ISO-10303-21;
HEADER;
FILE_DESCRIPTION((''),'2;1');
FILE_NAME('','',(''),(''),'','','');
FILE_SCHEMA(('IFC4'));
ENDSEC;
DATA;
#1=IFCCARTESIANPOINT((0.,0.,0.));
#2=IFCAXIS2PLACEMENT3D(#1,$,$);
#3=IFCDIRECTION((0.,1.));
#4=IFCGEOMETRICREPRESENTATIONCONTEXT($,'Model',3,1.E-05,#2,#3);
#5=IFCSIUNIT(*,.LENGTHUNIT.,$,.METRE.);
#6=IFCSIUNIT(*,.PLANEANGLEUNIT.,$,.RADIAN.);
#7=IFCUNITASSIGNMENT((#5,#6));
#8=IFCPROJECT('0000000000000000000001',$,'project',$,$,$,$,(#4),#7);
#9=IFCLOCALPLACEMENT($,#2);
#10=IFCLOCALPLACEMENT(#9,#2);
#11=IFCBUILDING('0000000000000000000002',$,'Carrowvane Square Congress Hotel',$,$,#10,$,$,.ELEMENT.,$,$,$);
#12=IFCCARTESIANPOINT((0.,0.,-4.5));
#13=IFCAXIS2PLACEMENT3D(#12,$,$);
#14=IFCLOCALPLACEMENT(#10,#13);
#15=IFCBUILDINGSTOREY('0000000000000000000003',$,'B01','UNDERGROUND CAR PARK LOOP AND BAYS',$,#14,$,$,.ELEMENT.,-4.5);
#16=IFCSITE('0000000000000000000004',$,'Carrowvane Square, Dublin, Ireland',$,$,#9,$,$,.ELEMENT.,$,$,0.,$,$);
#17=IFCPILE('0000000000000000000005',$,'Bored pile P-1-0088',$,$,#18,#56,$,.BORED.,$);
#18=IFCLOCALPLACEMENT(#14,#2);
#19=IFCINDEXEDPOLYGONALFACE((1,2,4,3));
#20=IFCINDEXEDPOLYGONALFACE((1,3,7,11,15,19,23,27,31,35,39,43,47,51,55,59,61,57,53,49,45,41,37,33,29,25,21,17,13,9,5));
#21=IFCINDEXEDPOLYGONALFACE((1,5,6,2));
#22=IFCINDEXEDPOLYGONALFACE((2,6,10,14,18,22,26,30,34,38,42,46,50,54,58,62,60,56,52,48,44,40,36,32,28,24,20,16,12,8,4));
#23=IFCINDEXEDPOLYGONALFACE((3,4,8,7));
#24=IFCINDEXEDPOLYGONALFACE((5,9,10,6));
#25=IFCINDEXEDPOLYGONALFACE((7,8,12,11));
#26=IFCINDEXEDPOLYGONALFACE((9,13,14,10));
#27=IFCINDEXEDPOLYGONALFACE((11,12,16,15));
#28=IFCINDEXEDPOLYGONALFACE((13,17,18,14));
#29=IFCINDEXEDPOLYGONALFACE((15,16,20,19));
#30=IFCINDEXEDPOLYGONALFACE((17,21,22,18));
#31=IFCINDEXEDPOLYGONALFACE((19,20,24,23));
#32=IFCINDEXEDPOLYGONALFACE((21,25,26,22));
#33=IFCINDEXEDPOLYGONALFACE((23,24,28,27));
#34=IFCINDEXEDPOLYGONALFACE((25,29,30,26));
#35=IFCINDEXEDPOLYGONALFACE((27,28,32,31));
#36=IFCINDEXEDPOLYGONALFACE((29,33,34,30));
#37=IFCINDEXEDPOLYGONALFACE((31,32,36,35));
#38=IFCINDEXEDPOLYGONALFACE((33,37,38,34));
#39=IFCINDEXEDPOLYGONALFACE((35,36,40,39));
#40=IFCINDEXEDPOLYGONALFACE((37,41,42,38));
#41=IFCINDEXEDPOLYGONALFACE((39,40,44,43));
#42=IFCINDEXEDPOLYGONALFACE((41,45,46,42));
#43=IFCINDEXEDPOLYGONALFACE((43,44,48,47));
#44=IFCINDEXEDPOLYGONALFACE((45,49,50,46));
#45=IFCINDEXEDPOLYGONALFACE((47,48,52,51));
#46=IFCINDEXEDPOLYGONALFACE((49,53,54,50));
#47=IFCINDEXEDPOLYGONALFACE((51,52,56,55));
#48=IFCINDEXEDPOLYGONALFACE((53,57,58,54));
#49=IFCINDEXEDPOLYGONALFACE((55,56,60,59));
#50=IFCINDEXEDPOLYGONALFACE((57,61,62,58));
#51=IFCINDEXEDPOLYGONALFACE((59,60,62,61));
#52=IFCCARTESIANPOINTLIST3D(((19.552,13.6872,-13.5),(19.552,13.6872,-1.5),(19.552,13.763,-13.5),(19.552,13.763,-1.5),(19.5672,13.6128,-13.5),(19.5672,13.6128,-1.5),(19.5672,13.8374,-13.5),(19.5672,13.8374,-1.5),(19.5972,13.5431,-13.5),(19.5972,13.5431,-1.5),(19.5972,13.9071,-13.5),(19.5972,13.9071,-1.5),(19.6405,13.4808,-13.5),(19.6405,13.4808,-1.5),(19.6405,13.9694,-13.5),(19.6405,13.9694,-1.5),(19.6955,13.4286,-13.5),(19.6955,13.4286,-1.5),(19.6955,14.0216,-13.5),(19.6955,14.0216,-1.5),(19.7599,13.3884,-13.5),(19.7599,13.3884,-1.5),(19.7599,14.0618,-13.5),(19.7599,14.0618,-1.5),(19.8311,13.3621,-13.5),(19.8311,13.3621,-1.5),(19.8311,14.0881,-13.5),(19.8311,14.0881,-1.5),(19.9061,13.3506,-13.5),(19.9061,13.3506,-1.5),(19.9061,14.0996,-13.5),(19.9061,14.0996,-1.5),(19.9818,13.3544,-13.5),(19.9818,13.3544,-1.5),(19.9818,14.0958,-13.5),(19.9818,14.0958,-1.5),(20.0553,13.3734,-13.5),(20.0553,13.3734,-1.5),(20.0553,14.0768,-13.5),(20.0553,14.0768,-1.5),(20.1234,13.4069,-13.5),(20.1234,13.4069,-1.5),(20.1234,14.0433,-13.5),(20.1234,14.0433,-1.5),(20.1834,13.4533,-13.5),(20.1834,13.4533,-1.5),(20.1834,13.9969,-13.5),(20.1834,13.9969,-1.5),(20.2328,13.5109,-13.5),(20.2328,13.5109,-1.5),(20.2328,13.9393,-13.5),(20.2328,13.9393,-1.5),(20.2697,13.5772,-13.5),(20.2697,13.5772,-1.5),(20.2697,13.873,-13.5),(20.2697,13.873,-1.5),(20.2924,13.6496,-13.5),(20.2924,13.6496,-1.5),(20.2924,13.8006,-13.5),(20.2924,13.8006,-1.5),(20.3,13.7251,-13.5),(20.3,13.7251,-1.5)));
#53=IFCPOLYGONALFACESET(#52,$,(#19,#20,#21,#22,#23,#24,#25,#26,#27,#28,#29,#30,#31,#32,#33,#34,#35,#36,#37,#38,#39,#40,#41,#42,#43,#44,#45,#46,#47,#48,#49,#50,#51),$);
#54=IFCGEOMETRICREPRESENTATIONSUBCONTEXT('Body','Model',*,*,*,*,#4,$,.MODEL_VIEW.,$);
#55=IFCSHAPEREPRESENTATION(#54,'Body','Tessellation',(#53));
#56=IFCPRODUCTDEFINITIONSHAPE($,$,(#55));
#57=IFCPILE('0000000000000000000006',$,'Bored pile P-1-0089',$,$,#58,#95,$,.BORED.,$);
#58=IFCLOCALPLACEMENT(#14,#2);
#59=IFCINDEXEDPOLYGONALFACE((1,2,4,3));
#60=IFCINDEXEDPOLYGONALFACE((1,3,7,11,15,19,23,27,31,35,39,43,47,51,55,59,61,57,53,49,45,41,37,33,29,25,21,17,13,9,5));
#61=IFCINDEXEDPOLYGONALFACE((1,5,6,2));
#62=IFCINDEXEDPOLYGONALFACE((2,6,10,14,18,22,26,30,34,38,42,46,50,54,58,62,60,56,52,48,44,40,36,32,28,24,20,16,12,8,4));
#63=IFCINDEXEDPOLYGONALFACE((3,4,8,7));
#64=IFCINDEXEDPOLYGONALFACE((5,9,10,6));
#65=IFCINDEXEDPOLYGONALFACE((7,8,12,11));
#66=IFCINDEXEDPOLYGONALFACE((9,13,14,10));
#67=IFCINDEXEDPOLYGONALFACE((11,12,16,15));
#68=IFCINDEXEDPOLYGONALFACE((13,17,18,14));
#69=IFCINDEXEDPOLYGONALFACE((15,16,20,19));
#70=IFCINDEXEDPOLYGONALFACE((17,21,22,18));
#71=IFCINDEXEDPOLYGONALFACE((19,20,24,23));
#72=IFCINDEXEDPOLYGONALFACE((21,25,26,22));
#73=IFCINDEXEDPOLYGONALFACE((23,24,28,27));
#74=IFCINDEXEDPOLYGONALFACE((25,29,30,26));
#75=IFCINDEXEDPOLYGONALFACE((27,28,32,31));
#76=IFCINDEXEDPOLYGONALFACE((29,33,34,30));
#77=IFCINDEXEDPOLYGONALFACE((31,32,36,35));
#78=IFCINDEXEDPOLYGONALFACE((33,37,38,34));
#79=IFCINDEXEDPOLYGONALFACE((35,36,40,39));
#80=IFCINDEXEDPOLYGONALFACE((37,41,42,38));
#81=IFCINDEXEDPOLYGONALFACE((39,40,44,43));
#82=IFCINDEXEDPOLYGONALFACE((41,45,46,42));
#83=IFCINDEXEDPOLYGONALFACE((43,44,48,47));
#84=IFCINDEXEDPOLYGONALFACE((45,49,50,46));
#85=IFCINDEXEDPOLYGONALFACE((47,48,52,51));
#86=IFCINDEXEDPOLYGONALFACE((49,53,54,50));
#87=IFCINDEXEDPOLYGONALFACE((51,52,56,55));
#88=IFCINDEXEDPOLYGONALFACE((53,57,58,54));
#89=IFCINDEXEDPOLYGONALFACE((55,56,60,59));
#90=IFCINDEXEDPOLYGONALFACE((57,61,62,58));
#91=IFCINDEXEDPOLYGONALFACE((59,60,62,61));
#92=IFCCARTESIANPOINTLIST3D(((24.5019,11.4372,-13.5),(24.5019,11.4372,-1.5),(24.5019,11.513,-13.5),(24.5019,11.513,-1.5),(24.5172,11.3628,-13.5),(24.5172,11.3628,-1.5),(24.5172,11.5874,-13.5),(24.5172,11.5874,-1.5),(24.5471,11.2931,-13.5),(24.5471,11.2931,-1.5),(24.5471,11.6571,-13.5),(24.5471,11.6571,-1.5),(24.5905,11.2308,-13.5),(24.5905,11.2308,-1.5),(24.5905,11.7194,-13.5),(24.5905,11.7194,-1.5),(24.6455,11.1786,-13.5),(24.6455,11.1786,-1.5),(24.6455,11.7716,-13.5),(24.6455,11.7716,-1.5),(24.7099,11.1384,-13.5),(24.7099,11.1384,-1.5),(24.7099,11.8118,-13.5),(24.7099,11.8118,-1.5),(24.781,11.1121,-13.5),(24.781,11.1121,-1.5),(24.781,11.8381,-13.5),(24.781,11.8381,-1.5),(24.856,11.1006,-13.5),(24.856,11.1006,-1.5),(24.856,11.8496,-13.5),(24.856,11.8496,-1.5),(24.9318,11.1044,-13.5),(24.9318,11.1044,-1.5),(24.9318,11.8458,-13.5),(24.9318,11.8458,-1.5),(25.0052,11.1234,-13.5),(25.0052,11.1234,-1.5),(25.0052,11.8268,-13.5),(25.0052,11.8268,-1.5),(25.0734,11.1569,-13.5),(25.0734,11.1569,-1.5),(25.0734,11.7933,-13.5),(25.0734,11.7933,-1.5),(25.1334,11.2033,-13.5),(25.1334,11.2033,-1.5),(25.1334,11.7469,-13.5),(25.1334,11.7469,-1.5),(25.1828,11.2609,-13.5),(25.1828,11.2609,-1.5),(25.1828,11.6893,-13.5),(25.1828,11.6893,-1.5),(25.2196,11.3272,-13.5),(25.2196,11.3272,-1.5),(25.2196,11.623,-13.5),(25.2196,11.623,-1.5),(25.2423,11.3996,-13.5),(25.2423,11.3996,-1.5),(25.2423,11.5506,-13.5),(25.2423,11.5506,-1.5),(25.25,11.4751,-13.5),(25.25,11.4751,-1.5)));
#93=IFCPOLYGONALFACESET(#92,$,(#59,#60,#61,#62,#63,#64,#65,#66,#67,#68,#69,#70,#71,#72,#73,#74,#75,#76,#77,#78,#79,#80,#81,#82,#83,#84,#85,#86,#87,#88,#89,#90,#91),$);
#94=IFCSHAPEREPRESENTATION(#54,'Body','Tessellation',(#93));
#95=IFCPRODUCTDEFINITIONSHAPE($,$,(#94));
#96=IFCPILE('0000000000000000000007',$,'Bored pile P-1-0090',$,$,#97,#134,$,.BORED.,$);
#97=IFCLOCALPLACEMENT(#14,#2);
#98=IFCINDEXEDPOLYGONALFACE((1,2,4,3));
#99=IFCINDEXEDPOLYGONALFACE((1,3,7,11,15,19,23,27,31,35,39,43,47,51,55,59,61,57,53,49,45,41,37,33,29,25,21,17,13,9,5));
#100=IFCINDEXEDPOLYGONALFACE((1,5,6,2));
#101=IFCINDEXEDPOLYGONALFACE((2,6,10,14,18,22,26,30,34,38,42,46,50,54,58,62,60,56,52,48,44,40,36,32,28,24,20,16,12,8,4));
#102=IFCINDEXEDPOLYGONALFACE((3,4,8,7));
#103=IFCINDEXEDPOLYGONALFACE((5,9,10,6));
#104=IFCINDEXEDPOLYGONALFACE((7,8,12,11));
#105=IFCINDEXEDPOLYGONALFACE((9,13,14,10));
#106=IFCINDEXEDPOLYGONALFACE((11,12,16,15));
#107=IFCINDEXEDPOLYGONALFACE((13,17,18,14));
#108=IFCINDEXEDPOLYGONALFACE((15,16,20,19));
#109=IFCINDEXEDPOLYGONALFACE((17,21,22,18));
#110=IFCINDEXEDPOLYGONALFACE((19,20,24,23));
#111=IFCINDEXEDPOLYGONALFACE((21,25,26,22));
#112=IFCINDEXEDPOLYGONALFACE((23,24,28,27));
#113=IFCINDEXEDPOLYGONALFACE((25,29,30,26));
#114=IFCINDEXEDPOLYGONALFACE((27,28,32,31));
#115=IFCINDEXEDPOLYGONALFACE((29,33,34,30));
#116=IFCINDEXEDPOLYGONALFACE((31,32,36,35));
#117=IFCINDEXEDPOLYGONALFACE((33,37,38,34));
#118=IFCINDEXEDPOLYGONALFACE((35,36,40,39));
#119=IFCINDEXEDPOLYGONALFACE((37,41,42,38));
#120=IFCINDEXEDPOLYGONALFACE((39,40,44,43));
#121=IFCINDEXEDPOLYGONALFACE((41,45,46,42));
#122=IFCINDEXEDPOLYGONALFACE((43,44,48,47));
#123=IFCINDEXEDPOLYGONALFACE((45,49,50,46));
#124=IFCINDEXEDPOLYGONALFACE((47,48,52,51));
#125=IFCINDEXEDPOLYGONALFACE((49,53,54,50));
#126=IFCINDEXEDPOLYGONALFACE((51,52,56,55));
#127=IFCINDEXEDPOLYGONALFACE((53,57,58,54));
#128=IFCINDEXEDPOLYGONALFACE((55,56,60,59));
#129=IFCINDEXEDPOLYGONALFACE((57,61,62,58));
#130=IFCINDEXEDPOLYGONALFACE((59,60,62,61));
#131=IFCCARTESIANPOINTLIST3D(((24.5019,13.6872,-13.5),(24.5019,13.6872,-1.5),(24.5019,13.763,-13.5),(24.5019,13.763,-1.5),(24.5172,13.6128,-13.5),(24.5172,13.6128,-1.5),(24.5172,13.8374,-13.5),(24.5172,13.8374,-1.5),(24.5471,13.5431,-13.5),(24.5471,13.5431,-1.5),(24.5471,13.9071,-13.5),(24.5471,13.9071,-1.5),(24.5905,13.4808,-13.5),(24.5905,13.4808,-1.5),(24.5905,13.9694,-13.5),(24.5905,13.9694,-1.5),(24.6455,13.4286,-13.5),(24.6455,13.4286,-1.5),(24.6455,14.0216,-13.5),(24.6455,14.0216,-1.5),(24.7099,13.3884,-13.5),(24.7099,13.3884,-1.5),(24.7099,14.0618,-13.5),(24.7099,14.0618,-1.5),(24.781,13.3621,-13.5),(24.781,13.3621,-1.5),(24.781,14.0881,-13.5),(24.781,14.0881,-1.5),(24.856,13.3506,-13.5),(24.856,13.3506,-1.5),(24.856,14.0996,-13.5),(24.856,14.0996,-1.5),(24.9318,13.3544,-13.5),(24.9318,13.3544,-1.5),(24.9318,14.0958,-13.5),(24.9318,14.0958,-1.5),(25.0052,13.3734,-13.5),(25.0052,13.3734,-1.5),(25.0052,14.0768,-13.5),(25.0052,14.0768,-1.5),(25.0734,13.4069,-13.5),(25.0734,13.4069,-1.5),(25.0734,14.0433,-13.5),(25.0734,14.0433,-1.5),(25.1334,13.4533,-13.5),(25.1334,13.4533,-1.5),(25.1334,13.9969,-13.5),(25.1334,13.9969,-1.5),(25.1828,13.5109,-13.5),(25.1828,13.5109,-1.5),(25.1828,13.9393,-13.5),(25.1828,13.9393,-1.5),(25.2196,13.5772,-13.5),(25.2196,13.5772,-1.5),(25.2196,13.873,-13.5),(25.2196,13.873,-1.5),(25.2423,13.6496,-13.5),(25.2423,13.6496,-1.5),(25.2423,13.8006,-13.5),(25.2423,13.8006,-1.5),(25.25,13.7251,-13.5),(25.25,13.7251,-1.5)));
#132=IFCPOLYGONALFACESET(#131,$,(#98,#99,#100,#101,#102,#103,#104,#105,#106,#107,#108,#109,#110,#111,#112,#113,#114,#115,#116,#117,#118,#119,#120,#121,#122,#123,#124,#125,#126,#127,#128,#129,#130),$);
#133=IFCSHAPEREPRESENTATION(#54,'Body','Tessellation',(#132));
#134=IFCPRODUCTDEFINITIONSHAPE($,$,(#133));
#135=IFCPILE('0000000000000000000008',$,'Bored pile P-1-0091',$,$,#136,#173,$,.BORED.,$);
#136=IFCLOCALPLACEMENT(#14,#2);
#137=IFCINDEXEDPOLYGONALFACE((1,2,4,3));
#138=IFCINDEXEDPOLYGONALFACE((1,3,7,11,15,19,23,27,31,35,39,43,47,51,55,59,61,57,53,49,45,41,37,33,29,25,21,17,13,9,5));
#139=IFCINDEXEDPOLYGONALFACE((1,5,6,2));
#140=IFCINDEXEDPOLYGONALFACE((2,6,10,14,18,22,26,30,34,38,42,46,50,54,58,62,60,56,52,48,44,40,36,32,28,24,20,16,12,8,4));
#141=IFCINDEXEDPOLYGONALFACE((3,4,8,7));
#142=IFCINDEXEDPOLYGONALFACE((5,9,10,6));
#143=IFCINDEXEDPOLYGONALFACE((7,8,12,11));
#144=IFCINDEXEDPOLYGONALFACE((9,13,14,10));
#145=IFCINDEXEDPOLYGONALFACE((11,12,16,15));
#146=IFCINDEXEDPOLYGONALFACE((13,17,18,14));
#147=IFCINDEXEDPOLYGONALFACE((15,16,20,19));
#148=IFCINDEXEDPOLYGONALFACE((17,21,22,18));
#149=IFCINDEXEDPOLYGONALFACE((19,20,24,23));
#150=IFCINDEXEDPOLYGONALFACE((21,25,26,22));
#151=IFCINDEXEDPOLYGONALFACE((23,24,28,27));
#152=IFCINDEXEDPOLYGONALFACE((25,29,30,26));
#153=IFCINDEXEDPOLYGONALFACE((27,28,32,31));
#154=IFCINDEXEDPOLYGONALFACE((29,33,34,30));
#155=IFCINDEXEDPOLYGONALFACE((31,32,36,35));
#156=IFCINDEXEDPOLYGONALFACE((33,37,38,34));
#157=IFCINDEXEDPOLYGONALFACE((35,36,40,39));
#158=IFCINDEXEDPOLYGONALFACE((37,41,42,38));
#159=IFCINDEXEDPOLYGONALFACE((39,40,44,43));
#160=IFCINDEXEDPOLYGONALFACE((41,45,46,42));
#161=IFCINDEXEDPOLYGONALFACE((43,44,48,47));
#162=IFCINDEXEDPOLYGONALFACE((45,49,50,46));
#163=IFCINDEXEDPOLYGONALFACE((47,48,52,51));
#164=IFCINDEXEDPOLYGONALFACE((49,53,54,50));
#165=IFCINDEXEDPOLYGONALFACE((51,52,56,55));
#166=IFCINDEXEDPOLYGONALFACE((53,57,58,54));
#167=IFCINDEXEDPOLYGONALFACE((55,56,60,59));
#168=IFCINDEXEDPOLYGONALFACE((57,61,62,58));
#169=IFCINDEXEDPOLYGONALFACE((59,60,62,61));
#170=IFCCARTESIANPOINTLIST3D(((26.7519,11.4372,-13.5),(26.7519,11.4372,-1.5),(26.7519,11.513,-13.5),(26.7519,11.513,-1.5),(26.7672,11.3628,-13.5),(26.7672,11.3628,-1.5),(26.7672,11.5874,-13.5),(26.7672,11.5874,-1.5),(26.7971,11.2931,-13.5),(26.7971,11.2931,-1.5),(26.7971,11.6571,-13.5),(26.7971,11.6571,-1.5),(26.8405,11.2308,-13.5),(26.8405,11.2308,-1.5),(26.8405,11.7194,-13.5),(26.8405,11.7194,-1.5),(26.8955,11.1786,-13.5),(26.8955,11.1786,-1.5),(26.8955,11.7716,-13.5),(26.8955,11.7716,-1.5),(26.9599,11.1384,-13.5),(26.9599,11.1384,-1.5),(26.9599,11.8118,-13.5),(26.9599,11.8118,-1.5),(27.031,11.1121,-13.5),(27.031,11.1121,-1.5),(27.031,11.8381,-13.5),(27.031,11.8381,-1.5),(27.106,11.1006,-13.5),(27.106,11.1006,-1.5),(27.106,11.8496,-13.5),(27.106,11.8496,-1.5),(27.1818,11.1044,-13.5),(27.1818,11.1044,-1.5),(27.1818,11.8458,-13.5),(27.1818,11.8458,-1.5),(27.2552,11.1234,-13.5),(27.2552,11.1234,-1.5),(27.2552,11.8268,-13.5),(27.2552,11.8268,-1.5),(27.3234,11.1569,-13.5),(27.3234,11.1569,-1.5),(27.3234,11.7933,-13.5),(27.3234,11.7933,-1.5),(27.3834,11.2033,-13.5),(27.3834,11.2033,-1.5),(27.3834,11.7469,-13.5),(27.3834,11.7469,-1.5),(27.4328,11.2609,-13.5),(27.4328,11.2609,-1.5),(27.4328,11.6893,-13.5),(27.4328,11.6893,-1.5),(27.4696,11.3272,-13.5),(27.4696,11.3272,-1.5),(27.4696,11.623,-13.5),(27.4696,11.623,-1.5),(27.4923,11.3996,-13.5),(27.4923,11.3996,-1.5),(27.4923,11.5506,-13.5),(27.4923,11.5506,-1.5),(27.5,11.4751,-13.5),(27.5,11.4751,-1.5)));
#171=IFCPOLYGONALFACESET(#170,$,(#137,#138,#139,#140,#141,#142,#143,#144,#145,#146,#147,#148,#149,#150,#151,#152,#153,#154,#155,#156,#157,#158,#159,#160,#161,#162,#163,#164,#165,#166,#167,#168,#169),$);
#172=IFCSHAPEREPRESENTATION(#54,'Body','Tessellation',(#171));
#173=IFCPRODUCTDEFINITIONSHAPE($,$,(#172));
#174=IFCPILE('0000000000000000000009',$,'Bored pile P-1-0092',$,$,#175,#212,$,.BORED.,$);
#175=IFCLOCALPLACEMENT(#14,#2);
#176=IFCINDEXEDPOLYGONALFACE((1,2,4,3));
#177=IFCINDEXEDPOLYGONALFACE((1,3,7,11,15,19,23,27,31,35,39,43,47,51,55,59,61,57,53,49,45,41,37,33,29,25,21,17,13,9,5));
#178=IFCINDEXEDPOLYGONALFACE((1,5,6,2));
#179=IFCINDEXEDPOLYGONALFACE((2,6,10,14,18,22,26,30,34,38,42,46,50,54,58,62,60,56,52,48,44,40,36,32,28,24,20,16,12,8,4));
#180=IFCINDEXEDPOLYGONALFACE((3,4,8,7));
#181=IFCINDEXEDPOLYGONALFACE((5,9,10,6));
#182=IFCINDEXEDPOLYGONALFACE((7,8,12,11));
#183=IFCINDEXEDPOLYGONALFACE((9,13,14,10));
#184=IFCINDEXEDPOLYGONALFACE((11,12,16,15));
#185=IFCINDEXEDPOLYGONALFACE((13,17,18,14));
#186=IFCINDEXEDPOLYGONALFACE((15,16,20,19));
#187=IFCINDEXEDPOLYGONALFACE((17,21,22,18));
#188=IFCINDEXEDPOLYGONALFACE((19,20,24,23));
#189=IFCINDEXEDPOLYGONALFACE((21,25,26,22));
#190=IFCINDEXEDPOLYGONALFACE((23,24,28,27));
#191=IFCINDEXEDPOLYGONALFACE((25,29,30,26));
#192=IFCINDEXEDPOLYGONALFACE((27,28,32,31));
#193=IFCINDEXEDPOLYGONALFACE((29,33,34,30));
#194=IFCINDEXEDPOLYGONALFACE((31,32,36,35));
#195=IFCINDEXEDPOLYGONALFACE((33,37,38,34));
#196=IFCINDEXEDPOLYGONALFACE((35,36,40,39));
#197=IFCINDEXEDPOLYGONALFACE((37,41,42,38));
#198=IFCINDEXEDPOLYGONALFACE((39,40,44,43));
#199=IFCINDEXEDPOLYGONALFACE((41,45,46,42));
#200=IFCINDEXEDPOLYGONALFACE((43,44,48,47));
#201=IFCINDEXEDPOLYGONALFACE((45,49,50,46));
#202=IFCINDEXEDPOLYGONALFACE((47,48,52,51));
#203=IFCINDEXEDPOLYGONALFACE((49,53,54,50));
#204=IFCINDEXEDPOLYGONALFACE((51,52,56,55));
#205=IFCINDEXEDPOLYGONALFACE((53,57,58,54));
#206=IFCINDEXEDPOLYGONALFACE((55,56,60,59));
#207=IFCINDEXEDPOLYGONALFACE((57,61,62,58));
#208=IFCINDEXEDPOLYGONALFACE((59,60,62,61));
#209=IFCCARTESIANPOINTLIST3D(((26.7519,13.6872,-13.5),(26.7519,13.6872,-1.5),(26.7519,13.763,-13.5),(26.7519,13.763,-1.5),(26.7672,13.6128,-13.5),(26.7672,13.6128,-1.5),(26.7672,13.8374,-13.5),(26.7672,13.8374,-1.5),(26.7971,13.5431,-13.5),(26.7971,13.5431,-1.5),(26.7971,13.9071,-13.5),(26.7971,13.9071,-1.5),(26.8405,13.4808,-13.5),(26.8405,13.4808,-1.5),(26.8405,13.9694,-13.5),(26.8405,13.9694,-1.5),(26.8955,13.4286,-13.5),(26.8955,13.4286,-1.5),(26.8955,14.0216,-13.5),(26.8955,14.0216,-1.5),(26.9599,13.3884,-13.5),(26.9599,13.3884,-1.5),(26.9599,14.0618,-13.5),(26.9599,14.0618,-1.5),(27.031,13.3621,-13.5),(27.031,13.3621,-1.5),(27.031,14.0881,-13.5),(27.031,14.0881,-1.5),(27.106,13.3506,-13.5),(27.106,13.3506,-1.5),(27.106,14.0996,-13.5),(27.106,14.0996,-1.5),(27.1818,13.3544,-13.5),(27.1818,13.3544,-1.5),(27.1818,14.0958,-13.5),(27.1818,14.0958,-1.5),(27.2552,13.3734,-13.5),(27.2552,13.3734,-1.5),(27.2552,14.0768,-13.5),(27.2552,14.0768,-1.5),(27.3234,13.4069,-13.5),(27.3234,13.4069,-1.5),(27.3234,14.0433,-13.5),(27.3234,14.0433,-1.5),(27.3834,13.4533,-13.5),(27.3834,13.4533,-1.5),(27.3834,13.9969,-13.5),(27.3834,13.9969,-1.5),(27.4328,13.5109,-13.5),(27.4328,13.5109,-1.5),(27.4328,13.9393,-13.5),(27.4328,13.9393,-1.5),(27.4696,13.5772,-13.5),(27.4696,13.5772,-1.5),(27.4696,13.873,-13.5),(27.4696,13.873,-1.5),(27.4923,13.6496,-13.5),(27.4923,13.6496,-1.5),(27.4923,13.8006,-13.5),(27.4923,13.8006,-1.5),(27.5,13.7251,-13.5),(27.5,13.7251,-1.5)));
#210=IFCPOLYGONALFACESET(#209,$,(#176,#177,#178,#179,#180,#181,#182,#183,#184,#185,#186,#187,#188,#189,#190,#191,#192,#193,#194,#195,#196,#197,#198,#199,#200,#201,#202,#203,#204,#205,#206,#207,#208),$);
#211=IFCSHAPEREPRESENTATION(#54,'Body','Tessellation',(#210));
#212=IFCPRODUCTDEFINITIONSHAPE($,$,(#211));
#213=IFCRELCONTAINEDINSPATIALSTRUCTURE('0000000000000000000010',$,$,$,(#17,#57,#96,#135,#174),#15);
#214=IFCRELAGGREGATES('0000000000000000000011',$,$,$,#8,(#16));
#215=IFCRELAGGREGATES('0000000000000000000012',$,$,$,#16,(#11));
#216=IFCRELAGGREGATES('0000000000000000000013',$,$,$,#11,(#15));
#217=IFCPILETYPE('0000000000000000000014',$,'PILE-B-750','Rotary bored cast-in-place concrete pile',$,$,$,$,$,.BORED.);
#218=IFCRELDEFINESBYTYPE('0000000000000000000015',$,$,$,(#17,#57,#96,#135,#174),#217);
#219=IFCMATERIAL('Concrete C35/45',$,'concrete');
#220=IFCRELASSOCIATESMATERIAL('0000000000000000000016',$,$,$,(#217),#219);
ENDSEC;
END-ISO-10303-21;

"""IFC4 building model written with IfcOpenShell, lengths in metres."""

from ifc_helpers import new_model, si_unit, direction, frame, origin, origin_2d, place, context, subcontext, project, spatial, circle, extrude, material, material_profile, profile_set, type_object, element, save


model = new_model("IFC4")

# Units and contexts
model_context = context("Model", 3, precision=1e-05, world=origin(), true_north=direction((0.0, 1.0)))
body_context = subcontext(model_context, "Body", "Model", "MODEL_VIEW")
ifc_project = project(units=[si_unit("LENGTHUNIT", "METRE"), si_unit("PLANEANGLEUNIT", "RADIAN")], contexts=[model_context])

# Site, building, storey
site_placement = place(None, origin())
site = spatial("IfcSite", under=ifc_project, at=site_placement, Name="Carrowvane Square, Dublin, Ireland", CompositionType="ELEMENT", RefElevation=0.0)
building_placement = place(site_placement, origin())
building = spatial("IfcBuilding", under=site, at=building_placement, Name="Carrowvane Square Congress Hotel", CompositionType="ELEMENT")
storey_placement = place(building_placement, frame((0.0, 0.0, -4.5)))
storey = spatial("IfcBuildingStorey", under=building, at=storey_placement, Name="B01", Description="UNDERGROUND CAR PARK LOOP AND BAYS", CompositionType="ELEMENT", Elevation=-4.5)

# Piles
ifc_material_1 = material(Name="Concrete C35/45", Category="concrete")
ifc_material_profile_1 = material_profile(ifc_material_1, circle(Radius=0.375, at=origin_2d()), Name="PILE D750")
ifc_profile_set_1 = profile_set([ifc_material_profile_1], Name="Concrete C35/45")
pile_type = type_object("IfcPileType", Name="PILE-B-750", Description="Rotary bored cast-in-place concrete pile", PredefinedType="BORED", material=ifc_profile_set_1)
for number, where, z_axis, x_axis, name in (
    (1, (19.925, 13.7251, -1.5), (0.0, 0.0, -1.0), (1.0, 0.0, 0.0), "Bored pile P-1-0088"),
    (2, (24.875, 11.4751, -1.5), (0.0, 0.0, -1.0), (1.0, 0.0, 0.0), "Bored pile P-1-0089"),
    (3, (24.875, 13.7251, -1.5), (0.0, 0.0, -1.0), (1.0, 0.0, 0.0), "Bored pile P-1-0090"),
    (4, (27.125, 11.4751, -1.5), (0.0, 0.0, -1.0), (1.0, 0.0, 0.0), "Bored pile P-1-0091"),
    (5, (27.125, 13.7251, -1.5), (0.0, 0.0, -1.0), (1.0, 0.0, 0.0), "Bored pile P-1-0092"),
):
    element("IfcPile", number, at=place(storey_placement, frame(where, z_axis=z_axis, x_axis=x_axis)), inside=storey, type_object=pile_type, Name=name, PredefinedType="BORED", context=body_context, shape_type="SweptSolid", body=[
        extrude(circle(Radius=0.375, at=origin_2d()), origin(), (0.0, 0.0, 1.0), 12.0),
    ])

save(model, "model.ifc")
